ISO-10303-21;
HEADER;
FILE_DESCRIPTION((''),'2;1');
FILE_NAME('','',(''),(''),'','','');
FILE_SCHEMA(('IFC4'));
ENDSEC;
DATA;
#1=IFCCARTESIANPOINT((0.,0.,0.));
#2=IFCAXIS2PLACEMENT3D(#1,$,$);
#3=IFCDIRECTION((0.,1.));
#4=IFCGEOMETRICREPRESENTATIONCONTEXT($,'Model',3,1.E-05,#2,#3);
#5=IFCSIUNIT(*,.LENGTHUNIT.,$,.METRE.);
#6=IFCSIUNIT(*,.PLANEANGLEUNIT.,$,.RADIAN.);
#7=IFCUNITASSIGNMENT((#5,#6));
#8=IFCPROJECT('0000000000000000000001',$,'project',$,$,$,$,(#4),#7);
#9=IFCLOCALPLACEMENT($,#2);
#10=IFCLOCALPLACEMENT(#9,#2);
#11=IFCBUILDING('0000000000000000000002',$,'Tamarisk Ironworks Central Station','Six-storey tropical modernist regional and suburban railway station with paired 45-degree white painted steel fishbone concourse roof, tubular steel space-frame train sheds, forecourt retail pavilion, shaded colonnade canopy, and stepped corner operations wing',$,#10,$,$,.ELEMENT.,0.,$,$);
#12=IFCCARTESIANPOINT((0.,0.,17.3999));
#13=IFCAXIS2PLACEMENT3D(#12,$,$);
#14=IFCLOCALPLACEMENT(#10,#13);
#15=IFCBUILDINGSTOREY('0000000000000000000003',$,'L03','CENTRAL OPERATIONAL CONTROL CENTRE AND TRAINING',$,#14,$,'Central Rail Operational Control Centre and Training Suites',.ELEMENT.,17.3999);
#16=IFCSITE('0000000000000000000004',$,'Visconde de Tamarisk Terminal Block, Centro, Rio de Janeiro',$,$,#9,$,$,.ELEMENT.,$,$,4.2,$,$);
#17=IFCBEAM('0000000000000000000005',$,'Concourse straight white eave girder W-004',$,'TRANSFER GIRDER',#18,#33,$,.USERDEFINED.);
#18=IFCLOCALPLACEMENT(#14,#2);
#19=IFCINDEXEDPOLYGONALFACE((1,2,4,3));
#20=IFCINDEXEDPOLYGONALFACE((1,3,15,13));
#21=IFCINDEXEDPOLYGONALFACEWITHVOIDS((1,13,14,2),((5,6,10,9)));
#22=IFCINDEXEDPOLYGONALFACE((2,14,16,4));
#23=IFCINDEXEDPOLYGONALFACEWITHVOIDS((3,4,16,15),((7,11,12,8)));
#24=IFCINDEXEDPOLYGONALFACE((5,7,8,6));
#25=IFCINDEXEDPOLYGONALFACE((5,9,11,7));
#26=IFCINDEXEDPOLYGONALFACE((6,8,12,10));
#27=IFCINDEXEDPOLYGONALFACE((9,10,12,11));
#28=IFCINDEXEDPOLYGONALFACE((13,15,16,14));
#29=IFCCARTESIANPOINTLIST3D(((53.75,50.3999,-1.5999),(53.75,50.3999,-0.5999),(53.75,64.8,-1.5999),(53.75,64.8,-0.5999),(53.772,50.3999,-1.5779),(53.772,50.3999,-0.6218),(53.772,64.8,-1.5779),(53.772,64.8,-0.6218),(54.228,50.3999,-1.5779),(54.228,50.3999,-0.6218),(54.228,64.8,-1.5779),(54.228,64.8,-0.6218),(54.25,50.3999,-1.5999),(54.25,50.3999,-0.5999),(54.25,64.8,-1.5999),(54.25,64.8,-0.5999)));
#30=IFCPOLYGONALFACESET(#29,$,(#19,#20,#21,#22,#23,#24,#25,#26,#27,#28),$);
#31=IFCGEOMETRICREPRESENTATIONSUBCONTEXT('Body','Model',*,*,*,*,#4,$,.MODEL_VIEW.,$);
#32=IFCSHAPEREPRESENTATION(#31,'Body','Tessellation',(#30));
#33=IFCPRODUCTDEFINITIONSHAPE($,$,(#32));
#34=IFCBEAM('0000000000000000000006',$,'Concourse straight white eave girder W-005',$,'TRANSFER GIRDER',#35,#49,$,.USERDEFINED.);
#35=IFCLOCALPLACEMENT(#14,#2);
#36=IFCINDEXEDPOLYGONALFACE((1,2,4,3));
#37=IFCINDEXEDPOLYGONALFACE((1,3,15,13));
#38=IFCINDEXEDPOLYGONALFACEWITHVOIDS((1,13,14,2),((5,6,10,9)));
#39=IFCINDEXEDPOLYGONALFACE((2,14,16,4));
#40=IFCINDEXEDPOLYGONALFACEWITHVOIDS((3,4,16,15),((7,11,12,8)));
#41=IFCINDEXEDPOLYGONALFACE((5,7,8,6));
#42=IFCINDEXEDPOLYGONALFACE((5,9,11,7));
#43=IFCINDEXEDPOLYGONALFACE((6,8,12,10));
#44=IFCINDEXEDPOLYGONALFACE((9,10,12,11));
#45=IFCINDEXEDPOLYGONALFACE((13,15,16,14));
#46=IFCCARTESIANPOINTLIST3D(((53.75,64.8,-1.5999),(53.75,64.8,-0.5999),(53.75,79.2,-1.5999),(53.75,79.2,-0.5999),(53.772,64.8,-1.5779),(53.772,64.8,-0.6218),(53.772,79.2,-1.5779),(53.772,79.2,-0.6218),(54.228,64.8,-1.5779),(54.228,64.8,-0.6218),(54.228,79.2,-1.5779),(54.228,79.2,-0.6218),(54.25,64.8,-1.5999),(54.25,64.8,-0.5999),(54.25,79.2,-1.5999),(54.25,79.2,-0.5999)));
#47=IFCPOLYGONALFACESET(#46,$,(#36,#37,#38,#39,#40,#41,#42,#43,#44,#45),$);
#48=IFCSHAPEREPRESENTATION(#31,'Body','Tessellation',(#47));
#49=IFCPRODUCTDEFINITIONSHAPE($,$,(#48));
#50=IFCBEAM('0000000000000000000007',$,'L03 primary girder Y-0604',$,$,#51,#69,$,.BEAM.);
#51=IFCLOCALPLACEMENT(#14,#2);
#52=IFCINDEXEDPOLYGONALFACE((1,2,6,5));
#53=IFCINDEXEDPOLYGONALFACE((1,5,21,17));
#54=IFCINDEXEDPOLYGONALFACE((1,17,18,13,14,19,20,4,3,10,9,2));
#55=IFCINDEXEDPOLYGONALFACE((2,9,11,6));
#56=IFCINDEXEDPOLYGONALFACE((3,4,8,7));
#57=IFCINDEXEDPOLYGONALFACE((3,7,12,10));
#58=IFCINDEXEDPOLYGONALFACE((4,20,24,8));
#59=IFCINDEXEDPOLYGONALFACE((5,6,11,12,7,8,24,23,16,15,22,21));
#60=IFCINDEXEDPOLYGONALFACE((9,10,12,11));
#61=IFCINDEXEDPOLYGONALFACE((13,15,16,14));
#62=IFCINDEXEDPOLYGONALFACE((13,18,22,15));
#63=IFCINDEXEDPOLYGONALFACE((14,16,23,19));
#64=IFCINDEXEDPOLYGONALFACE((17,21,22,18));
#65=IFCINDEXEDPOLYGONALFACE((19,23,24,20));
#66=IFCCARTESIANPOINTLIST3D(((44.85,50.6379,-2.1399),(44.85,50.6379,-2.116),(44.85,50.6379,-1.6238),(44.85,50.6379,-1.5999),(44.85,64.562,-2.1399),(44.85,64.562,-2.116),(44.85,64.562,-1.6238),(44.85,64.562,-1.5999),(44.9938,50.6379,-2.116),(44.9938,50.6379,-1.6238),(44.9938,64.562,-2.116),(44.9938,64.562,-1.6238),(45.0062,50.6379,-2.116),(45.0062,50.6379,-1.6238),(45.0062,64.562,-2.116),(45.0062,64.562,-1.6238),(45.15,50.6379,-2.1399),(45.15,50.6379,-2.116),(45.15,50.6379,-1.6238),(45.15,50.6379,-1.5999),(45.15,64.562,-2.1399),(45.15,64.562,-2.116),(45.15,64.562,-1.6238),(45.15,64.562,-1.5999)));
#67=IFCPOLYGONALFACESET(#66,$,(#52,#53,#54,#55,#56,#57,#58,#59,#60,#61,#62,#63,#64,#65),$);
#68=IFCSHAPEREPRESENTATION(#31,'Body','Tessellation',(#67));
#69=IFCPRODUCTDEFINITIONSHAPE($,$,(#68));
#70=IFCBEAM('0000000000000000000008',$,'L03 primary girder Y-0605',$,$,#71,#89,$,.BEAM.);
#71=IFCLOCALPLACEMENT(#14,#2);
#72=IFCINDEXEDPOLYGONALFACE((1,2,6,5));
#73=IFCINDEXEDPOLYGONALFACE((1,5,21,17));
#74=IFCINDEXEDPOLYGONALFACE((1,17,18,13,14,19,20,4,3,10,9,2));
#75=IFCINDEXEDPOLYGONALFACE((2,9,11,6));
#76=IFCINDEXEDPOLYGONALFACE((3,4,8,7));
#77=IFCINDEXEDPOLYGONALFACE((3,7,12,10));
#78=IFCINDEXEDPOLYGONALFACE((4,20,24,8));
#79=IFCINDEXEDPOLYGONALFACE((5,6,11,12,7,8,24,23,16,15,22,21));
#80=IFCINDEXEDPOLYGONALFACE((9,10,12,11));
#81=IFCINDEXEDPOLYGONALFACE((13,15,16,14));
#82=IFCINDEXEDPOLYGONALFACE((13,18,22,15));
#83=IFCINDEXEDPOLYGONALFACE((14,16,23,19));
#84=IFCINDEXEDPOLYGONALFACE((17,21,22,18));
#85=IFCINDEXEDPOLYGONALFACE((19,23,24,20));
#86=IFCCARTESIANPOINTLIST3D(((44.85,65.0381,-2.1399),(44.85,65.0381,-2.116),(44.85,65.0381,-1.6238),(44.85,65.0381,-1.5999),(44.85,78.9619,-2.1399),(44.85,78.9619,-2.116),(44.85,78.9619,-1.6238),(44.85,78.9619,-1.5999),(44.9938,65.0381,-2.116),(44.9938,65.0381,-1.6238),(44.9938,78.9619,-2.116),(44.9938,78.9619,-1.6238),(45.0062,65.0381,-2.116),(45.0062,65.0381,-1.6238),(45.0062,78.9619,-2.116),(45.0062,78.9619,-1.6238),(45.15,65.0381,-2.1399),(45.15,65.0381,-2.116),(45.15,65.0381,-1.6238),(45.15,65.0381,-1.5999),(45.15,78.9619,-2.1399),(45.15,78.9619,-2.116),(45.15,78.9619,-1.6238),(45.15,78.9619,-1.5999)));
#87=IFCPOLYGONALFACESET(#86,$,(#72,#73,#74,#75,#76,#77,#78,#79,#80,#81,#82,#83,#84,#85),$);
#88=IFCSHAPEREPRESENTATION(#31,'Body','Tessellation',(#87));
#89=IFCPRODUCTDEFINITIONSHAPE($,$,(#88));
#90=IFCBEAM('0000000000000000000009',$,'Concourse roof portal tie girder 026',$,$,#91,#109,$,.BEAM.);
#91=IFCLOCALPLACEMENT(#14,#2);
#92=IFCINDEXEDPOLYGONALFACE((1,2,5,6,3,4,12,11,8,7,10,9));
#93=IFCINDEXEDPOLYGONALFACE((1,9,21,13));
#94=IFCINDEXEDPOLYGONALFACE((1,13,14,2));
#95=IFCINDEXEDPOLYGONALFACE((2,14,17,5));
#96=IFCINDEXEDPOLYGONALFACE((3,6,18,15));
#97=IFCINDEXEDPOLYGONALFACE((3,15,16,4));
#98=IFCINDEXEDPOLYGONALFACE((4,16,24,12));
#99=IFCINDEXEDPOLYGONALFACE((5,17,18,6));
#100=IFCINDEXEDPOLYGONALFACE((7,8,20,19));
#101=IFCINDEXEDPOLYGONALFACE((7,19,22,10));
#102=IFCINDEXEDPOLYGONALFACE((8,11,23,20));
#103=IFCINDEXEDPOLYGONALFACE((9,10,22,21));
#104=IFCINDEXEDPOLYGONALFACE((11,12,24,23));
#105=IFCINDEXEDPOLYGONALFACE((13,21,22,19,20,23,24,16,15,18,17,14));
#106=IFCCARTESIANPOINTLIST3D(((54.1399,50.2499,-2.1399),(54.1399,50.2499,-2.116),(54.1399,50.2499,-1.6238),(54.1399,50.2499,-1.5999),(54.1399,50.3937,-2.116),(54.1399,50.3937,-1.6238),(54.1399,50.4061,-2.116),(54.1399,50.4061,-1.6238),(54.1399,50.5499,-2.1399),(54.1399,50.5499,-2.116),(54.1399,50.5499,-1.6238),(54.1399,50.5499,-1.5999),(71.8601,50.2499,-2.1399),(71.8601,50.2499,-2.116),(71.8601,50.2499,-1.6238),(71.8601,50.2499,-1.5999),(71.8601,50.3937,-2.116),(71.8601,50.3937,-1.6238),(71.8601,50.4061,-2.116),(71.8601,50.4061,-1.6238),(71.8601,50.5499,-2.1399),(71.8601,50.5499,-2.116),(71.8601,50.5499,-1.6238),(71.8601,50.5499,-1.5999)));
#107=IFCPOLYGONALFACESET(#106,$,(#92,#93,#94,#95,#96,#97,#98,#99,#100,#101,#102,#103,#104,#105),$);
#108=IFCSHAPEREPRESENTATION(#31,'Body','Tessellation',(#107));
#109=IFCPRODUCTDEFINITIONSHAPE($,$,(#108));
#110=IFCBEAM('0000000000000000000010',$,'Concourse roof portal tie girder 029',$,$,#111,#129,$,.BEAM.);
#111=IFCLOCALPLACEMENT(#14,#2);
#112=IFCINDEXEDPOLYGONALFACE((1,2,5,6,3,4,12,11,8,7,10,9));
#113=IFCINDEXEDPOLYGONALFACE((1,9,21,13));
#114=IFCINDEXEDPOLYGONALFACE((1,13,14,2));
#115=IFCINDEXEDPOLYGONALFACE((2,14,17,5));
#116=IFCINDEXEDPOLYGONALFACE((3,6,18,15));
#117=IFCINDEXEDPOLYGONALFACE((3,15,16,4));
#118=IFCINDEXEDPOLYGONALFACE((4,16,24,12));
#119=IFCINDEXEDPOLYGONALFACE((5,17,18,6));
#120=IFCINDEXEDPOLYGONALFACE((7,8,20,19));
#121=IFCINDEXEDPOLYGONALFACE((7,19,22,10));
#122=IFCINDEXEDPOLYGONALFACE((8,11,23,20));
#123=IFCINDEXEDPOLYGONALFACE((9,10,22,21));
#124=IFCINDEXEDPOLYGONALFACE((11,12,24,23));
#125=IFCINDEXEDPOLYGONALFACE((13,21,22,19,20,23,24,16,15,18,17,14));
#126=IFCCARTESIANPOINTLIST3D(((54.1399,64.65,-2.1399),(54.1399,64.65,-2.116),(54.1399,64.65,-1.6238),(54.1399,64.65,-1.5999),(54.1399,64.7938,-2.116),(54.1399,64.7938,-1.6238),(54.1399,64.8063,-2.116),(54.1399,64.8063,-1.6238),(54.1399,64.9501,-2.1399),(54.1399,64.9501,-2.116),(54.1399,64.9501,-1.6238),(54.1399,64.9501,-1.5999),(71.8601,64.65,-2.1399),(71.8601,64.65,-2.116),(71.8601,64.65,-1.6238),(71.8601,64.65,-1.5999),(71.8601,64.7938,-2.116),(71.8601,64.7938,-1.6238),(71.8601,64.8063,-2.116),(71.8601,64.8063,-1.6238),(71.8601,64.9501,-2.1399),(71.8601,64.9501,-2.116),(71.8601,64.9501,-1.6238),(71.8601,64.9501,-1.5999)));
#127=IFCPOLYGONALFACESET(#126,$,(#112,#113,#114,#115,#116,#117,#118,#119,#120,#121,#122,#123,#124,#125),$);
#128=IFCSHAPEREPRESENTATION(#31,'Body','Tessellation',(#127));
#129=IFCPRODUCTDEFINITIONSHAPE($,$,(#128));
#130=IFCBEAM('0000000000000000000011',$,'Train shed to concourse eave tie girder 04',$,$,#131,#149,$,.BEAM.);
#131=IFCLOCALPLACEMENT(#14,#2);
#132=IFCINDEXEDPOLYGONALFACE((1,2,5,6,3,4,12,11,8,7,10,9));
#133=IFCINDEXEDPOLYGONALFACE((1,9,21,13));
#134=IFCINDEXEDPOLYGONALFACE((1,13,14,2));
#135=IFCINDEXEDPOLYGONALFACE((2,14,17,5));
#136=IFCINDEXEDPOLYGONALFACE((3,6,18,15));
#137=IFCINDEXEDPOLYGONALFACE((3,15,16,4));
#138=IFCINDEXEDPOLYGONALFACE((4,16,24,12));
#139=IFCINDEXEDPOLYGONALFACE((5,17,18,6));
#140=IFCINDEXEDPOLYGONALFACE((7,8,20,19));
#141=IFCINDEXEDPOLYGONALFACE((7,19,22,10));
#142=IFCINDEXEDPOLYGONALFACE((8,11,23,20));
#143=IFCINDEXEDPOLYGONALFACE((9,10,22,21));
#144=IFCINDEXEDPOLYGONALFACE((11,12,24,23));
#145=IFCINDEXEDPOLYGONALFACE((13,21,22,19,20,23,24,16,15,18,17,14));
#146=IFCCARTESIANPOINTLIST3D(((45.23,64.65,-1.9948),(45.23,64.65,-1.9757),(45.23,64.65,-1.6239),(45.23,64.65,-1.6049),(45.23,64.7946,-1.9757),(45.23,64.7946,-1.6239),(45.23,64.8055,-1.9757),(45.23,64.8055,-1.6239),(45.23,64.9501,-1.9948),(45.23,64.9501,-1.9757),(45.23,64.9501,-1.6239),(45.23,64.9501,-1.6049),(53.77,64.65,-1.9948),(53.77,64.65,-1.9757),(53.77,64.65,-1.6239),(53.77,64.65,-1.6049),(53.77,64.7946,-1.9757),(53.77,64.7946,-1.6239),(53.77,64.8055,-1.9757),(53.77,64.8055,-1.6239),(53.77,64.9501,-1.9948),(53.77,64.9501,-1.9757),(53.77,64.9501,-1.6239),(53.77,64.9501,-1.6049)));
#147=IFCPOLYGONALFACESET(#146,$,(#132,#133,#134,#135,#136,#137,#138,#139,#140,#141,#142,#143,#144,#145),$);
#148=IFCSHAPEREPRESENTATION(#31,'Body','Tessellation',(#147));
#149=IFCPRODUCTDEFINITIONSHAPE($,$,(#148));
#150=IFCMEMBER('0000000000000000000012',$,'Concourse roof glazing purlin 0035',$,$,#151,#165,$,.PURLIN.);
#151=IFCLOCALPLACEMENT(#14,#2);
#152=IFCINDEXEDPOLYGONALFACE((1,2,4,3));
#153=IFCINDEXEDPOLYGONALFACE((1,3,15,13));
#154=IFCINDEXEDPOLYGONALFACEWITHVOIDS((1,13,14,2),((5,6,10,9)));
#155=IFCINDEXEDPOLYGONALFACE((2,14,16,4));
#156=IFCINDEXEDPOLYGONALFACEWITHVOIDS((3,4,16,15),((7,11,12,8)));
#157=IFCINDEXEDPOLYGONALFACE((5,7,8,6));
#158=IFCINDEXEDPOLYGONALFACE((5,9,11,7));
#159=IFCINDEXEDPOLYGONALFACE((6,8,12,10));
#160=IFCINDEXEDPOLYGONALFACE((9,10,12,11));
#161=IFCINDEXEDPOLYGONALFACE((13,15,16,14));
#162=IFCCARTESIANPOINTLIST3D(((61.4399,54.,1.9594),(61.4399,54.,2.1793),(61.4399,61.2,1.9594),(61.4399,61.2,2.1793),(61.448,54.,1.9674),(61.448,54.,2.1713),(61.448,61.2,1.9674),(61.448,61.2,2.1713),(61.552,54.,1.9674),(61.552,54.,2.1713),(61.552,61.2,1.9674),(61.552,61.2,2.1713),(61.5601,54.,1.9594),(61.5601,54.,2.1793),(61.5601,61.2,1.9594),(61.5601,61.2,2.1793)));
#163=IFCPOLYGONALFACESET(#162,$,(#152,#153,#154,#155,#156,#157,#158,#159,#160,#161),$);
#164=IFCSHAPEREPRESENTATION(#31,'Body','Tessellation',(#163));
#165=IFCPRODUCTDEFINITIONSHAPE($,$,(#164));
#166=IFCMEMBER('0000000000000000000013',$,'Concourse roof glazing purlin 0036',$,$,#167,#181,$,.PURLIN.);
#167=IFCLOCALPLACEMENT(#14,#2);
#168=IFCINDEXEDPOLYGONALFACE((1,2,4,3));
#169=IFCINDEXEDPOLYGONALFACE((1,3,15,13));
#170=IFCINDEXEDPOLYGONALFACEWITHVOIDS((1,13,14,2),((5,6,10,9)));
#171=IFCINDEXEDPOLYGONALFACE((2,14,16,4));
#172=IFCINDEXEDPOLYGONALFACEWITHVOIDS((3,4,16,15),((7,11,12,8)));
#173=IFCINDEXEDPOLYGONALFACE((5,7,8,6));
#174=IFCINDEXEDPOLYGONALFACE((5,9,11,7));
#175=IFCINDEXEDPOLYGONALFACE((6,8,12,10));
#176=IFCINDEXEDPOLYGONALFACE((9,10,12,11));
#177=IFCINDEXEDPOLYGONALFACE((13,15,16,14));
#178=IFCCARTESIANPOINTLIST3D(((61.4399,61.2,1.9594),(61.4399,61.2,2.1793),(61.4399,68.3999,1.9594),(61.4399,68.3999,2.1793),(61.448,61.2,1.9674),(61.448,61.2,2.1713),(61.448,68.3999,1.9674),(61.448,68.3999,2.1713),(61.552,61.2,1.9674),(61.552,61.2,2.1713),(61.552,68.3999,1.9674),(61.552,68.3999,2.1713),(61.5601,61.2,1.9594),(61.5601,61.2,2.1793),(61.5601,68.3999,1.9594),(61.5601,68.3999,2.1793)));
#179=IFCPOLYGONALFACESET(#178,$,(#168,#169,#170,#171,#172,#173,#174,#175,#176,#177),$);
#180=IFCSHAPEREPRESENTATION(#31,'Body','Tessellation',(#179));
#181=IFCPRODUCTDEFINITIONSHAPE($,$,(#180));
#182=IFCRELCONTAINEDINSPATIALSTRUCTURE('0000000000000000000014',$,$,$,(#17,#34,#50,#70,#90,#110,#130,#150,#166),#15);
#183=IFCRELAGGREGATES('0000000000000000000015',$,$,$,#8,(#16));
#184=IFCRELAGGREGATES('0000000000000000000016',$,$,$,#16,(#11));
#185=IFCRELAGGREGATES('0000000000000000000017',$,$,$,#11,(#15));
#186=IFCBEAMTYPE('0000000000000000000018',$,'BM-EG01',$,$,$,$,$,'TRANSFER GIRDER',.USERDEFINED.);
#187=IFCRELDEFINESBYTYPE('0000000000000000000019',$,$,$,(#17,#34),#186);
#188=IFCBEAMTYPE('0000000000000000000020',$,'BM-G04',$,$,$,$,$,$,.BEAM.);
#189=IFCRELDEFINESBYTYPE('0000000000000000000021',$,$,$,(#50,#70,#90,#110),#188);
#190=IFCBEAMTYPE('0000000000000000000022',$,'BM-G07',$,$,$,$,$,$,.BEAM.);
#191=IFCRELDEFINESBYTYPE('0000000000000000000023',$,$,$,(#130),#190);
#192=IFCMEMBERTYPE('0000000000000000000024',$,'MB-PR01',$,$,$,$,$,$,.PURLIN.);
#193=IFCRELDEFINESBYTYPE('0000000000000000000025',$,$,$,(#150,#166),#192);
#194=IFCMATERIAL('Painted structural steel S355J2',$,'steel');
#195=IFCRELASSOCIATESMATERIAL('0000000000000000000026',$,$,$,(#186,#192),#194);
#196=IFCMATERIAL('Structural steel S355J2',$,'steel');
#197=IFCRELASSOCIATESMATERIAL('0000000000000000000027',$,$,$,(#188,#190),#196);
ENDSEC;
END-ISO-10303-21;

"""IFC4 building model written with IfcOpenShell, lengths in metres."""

from ifc_helpers import new_model, si_unit, direction, frame, origin, origin_2d, place, context, subcontext, project, spatial, hollow_rectangle, i_section, extrude, material, material_profile, profile_set, type_object, element, save


model = new_model("IFC4")

# Units and contexts
model_context = context("Model", 3, precision=1e-05, world=origin(), true_north=direction((0.0, 1.0)))
body_context = subcontext(model_context, "Body", "Model", "MODEL_VIEW")
ifc_project = project(units=[si_unit("LENGTHUNIT", "METRE"), si_unit("PLANEANGLEUNIT", "RADIAN")], contexts=[model_context])

# Site, building, storey
site_placement = place(None, origin())
site = spatial("IfcSite", under=ifc_project, at=site_placement, Name="Visconde de Tamarisk Terminal Block, Centro, Rio de Janeiro", CompositionType="ELEMENT", RefElevation=4.2)
building_placement = place(site_placement, origin())
building = spatial("IfcBuilding", under=site, at=building_placement, Name="Tamarisk Ironworks Central Station", Description="Six-storey tropical modernist regional and suburban railway station with paired 45-degree white painted steel fishbone concourse roof, tubular steel space-frame train sheds, forecourt retail pavilion, shaded colonnade canopy, and stepped corner operations wing", CompositionType="ELEMENT", ElevationOfRefHeight=0.0)
storey_placement = place(building_placement, frame((0.0, 0.0, 17.3999)))
storey = spatial("IfcBuildingStorey", under=building, at=storey_placement, Name="L03", Description="CENTRAL OPERATIONAL CONTROL CENTRE AND TRAINING", LongName="Central Rail Operational Control Centre and Training Suites", CompositionType="ELEMENT", Elevation=17.3999)

# Beams
ifc_material_1 = material(Name="Painted structural steel S355J2", Category="steel")
ifc_material_profile_1 = material_profile(ifc_material_1, hollow_rectangle(XDim=0.5, YDim=1.0, WallThickness=0.022, at=origin_2d()), Name="BOX 500x1000x22")
ifc_profile_set_1 = profile_set([ifc_material_profile_1], Name="Painted structural steel S355J2")
beam_type_1 = type_object("IfcBeamType", Name="BM-EG01", ElementType="TRANSFER GIRDER", PredefinedType="USERDEFINED", material=ifc_profile_set_1)
beam_1_placement = place(storey_placement, frame((54.0, 50.3999, -1.0999), z_axis=(0.0, 1.0, 0.0), x_axis=(-1.0, 0.0, 0.0)))
element("IfcBeam", 1, at=beam_1_placement, inside=storey, type_object=beam_type_1, Name="Concourse straight white eave girder W-004", ObjectType="TRANSFER GIRDER", PredefinedType="USERDEFINED", context=body_context, shape_type="SweptSolid", body=[
    extrude(hollow_rectangle(XDim=0.5, YDim=1.0, WallThickness=0.022, at=origin_2d()), origin(), (0.0, 0.0, 1.0), 14.4001),
])
beam_2_placement = place(storey_placement, frame((54.0, 64.8, -1.0999), z_axis=(0.0, 1.0, 0.0), x_axis=(-1.0, 0.0, 0.0)))
element("IfcBeam", 2, at=beam_2_placement, inside=storey, type_object=beam_type_1, Name="Concourse straight white eave girder W-005", ObjectType="TRANSFER GIRDER", PredefinedType="USERDEFINED", context=body_context, shape_type="SweptSolid", body=[
    extrude(hollow_rectangle(XDim=0.5, YDim=1.0, WallThickness=0.022, at=origin_2d()), origin(), (0.0, 0.0, 1.0), 14.3999),
])
ifc_material_2 = material(Name="Structural steel S355J2", Category="steel")
ifc_material_profile_2 = material_profile(ifc_material_2, i_section(OverallWidth=0.3, OverallDepth=0.54, WebThickness=0.0125, FlangeThickness=0.0239, at=origin_2d()), Name="HEA 550")
ifc_profile_set_2 = profile_set([ifc_material_profile_2], Name="Structural steel S355J2")
beam_type_2 = type_object("IfcBeamType", Name="BM-G04", PredefinedType="BEAM", material=ifc_profile_set_2)
beam_3_placement = place(storey_placement, frame((45.0, 50.6379, -1.8699), z_axis=(0.0, 1.0, 0.0), x_axis=(-1.0, 0.0, 0.0)))
element("IfcBeam", 3, at=beam_3_placement, inside=storey, type_object=beam_type_2, Name="L03 primary girder Y-0604", PredefinedType="BEAM", context=body_context, shape_type="SweptSolid", body=[
    extrude(i_section(OverallWidth=0.3, OverallDepth=0.54, WebThickness=0.0125, FlangeThickness=0.0239, at=origin_2d()), origin(), (0.0, 0.0, 1.0), 13.9241),
])
beam_4_placement = place(storey_placement, frame((45.0, 65.0381, -1.8699), z_axis=(0.0, 1.0, 0.0), x_axis=(-1.0, 0.0, 0.0)))
element("IfcBeam", 4, at=beam_4_placement, inside=storey, type_object=beam_type_2, Name="L03 primary girder Y-0605", PredefinedType="BEAM", context=body_context, shape_type="SweptSolid", body=[
    extrude(i_section(OverallWidth=0.3, OverallDepth=0.54, WebThickness=0.0125, FlangeThickness=0.0239, at=origin_2d()), origin(), (0.0, 0.0, 1.0), 13.9238),
])
for number, where, z_axis, x_axis, name in (
    (5, (54.1399, 50.3999, -1.8699), (1.0, 0.0, 0.0), (0.0, 1.0, 0.0), "Concourse roof portal tie girder 026"),
    (6, (54.1399, 64.8, -1.8699), (1.0, 0.0, 0.0), (0.0, 1.0, 0.0), "Concourse roof portal tie girder 029"),
):
    element("IfcBeam", number, at=place(storey_placement, frame(where, z_axis=z_axis, x_axis=x_axis)), inside=storey, type_object=beam_type_2, Name=name, PredefinedType="BEAM", context=body_context, shape_type="SweptSolid", body=[
        extrude(i_section(OverallWidth=0.3, OverallDepth=0.54, WebThickness=0.0125, FlangeThickness=0.0239, at=origin_2d()), origin(), (0.0, 0.0, 1.0), 17.7202),
    ])
ifc_material_profile_3 = material_profile(ifc_material_2, i_section(OverallWidth=0.3, OverallDepth=0.3899, WebThickness=0.011, FlangeThickness=0.019, at=origin_2d()), Name="HEA 400")
ifc_profile_set_3 = profile_set([ifc_material_profile_3], Name="Structural steel S355J2")
beam_type_3 = type_object("IfcBeamType", Name="BM-G07", PredefinedType="BEAM", material=ifc_profile_set_3)
beam_5_placement = place(storey_placement, frame((45.23, 64.8, -1.7998), z_axis=(1.0, 0.0, 0.0), x_axis=(0.0, 1.0, 0.0)))
element("IfcBeam", 7, at=beam_5_placement, inside=storey, type_object=beam_type_3, Name="Train shed to concourse eave tie girder 04", PredefinedType="BEAM", context=body_context, shape_type="SweptSolid", body=[
    extrude(i_section(OverallWidth=0.3, OverallDepth=0.3899, WebThickness=0.011, FlangeThickness=0.019, at=origin_2d()), origin(), (0.0, 0.0, 1.0), 8.54),
])

# Members
ifc_material_profile_4 = material_profile(ifc_material_1, hollow_rectangle(XDim=0.1201, YDim=0.22, WallThickness=0.0081, at=origin_2d()), Name="RHS 220x120x8")
ifc_profile_set_4 = profile_set([ifc_material_profile_4], Name="Painted structural steel S355J2")
member_type_1 = type_object("IfcMemberType", Name="MB-PR01", PredefinedType="PURLIN", material=ifc_profile_set_4)
for number, where, z_axis, x_axis, name in (
    (8, (61.5, 54.0, 2.0693), (0.0, 1.0, 0.0), (-1.0, 0.0, 0.0), "Concourse roof glazing purlin 0035"),
    (9, (61.5, 61.2, 2.0693), (0.0, 1.0, 0.0), (-1.0, 0.0, 0.0), "Concourse roof glazing purlin 0036"),
):
    element("IfcMember", number, at=place(storey_placement, frame(where, z_axis=z_axis, x_axis=x_axis)), inside=storey, type_object=member_type_1, Name=name, PredefinedType="PURLIN", context=body_context, shape_type="SweptSolid", body=[
        extrude(hollow_rectangle(XDim=0.1201, YDim=0.22, WallThickness=0.0081, at=origin_2d()), origin(), (0.0, 0.0, 1.0), 7.2),
    ])

save(model, "model.ifc")
